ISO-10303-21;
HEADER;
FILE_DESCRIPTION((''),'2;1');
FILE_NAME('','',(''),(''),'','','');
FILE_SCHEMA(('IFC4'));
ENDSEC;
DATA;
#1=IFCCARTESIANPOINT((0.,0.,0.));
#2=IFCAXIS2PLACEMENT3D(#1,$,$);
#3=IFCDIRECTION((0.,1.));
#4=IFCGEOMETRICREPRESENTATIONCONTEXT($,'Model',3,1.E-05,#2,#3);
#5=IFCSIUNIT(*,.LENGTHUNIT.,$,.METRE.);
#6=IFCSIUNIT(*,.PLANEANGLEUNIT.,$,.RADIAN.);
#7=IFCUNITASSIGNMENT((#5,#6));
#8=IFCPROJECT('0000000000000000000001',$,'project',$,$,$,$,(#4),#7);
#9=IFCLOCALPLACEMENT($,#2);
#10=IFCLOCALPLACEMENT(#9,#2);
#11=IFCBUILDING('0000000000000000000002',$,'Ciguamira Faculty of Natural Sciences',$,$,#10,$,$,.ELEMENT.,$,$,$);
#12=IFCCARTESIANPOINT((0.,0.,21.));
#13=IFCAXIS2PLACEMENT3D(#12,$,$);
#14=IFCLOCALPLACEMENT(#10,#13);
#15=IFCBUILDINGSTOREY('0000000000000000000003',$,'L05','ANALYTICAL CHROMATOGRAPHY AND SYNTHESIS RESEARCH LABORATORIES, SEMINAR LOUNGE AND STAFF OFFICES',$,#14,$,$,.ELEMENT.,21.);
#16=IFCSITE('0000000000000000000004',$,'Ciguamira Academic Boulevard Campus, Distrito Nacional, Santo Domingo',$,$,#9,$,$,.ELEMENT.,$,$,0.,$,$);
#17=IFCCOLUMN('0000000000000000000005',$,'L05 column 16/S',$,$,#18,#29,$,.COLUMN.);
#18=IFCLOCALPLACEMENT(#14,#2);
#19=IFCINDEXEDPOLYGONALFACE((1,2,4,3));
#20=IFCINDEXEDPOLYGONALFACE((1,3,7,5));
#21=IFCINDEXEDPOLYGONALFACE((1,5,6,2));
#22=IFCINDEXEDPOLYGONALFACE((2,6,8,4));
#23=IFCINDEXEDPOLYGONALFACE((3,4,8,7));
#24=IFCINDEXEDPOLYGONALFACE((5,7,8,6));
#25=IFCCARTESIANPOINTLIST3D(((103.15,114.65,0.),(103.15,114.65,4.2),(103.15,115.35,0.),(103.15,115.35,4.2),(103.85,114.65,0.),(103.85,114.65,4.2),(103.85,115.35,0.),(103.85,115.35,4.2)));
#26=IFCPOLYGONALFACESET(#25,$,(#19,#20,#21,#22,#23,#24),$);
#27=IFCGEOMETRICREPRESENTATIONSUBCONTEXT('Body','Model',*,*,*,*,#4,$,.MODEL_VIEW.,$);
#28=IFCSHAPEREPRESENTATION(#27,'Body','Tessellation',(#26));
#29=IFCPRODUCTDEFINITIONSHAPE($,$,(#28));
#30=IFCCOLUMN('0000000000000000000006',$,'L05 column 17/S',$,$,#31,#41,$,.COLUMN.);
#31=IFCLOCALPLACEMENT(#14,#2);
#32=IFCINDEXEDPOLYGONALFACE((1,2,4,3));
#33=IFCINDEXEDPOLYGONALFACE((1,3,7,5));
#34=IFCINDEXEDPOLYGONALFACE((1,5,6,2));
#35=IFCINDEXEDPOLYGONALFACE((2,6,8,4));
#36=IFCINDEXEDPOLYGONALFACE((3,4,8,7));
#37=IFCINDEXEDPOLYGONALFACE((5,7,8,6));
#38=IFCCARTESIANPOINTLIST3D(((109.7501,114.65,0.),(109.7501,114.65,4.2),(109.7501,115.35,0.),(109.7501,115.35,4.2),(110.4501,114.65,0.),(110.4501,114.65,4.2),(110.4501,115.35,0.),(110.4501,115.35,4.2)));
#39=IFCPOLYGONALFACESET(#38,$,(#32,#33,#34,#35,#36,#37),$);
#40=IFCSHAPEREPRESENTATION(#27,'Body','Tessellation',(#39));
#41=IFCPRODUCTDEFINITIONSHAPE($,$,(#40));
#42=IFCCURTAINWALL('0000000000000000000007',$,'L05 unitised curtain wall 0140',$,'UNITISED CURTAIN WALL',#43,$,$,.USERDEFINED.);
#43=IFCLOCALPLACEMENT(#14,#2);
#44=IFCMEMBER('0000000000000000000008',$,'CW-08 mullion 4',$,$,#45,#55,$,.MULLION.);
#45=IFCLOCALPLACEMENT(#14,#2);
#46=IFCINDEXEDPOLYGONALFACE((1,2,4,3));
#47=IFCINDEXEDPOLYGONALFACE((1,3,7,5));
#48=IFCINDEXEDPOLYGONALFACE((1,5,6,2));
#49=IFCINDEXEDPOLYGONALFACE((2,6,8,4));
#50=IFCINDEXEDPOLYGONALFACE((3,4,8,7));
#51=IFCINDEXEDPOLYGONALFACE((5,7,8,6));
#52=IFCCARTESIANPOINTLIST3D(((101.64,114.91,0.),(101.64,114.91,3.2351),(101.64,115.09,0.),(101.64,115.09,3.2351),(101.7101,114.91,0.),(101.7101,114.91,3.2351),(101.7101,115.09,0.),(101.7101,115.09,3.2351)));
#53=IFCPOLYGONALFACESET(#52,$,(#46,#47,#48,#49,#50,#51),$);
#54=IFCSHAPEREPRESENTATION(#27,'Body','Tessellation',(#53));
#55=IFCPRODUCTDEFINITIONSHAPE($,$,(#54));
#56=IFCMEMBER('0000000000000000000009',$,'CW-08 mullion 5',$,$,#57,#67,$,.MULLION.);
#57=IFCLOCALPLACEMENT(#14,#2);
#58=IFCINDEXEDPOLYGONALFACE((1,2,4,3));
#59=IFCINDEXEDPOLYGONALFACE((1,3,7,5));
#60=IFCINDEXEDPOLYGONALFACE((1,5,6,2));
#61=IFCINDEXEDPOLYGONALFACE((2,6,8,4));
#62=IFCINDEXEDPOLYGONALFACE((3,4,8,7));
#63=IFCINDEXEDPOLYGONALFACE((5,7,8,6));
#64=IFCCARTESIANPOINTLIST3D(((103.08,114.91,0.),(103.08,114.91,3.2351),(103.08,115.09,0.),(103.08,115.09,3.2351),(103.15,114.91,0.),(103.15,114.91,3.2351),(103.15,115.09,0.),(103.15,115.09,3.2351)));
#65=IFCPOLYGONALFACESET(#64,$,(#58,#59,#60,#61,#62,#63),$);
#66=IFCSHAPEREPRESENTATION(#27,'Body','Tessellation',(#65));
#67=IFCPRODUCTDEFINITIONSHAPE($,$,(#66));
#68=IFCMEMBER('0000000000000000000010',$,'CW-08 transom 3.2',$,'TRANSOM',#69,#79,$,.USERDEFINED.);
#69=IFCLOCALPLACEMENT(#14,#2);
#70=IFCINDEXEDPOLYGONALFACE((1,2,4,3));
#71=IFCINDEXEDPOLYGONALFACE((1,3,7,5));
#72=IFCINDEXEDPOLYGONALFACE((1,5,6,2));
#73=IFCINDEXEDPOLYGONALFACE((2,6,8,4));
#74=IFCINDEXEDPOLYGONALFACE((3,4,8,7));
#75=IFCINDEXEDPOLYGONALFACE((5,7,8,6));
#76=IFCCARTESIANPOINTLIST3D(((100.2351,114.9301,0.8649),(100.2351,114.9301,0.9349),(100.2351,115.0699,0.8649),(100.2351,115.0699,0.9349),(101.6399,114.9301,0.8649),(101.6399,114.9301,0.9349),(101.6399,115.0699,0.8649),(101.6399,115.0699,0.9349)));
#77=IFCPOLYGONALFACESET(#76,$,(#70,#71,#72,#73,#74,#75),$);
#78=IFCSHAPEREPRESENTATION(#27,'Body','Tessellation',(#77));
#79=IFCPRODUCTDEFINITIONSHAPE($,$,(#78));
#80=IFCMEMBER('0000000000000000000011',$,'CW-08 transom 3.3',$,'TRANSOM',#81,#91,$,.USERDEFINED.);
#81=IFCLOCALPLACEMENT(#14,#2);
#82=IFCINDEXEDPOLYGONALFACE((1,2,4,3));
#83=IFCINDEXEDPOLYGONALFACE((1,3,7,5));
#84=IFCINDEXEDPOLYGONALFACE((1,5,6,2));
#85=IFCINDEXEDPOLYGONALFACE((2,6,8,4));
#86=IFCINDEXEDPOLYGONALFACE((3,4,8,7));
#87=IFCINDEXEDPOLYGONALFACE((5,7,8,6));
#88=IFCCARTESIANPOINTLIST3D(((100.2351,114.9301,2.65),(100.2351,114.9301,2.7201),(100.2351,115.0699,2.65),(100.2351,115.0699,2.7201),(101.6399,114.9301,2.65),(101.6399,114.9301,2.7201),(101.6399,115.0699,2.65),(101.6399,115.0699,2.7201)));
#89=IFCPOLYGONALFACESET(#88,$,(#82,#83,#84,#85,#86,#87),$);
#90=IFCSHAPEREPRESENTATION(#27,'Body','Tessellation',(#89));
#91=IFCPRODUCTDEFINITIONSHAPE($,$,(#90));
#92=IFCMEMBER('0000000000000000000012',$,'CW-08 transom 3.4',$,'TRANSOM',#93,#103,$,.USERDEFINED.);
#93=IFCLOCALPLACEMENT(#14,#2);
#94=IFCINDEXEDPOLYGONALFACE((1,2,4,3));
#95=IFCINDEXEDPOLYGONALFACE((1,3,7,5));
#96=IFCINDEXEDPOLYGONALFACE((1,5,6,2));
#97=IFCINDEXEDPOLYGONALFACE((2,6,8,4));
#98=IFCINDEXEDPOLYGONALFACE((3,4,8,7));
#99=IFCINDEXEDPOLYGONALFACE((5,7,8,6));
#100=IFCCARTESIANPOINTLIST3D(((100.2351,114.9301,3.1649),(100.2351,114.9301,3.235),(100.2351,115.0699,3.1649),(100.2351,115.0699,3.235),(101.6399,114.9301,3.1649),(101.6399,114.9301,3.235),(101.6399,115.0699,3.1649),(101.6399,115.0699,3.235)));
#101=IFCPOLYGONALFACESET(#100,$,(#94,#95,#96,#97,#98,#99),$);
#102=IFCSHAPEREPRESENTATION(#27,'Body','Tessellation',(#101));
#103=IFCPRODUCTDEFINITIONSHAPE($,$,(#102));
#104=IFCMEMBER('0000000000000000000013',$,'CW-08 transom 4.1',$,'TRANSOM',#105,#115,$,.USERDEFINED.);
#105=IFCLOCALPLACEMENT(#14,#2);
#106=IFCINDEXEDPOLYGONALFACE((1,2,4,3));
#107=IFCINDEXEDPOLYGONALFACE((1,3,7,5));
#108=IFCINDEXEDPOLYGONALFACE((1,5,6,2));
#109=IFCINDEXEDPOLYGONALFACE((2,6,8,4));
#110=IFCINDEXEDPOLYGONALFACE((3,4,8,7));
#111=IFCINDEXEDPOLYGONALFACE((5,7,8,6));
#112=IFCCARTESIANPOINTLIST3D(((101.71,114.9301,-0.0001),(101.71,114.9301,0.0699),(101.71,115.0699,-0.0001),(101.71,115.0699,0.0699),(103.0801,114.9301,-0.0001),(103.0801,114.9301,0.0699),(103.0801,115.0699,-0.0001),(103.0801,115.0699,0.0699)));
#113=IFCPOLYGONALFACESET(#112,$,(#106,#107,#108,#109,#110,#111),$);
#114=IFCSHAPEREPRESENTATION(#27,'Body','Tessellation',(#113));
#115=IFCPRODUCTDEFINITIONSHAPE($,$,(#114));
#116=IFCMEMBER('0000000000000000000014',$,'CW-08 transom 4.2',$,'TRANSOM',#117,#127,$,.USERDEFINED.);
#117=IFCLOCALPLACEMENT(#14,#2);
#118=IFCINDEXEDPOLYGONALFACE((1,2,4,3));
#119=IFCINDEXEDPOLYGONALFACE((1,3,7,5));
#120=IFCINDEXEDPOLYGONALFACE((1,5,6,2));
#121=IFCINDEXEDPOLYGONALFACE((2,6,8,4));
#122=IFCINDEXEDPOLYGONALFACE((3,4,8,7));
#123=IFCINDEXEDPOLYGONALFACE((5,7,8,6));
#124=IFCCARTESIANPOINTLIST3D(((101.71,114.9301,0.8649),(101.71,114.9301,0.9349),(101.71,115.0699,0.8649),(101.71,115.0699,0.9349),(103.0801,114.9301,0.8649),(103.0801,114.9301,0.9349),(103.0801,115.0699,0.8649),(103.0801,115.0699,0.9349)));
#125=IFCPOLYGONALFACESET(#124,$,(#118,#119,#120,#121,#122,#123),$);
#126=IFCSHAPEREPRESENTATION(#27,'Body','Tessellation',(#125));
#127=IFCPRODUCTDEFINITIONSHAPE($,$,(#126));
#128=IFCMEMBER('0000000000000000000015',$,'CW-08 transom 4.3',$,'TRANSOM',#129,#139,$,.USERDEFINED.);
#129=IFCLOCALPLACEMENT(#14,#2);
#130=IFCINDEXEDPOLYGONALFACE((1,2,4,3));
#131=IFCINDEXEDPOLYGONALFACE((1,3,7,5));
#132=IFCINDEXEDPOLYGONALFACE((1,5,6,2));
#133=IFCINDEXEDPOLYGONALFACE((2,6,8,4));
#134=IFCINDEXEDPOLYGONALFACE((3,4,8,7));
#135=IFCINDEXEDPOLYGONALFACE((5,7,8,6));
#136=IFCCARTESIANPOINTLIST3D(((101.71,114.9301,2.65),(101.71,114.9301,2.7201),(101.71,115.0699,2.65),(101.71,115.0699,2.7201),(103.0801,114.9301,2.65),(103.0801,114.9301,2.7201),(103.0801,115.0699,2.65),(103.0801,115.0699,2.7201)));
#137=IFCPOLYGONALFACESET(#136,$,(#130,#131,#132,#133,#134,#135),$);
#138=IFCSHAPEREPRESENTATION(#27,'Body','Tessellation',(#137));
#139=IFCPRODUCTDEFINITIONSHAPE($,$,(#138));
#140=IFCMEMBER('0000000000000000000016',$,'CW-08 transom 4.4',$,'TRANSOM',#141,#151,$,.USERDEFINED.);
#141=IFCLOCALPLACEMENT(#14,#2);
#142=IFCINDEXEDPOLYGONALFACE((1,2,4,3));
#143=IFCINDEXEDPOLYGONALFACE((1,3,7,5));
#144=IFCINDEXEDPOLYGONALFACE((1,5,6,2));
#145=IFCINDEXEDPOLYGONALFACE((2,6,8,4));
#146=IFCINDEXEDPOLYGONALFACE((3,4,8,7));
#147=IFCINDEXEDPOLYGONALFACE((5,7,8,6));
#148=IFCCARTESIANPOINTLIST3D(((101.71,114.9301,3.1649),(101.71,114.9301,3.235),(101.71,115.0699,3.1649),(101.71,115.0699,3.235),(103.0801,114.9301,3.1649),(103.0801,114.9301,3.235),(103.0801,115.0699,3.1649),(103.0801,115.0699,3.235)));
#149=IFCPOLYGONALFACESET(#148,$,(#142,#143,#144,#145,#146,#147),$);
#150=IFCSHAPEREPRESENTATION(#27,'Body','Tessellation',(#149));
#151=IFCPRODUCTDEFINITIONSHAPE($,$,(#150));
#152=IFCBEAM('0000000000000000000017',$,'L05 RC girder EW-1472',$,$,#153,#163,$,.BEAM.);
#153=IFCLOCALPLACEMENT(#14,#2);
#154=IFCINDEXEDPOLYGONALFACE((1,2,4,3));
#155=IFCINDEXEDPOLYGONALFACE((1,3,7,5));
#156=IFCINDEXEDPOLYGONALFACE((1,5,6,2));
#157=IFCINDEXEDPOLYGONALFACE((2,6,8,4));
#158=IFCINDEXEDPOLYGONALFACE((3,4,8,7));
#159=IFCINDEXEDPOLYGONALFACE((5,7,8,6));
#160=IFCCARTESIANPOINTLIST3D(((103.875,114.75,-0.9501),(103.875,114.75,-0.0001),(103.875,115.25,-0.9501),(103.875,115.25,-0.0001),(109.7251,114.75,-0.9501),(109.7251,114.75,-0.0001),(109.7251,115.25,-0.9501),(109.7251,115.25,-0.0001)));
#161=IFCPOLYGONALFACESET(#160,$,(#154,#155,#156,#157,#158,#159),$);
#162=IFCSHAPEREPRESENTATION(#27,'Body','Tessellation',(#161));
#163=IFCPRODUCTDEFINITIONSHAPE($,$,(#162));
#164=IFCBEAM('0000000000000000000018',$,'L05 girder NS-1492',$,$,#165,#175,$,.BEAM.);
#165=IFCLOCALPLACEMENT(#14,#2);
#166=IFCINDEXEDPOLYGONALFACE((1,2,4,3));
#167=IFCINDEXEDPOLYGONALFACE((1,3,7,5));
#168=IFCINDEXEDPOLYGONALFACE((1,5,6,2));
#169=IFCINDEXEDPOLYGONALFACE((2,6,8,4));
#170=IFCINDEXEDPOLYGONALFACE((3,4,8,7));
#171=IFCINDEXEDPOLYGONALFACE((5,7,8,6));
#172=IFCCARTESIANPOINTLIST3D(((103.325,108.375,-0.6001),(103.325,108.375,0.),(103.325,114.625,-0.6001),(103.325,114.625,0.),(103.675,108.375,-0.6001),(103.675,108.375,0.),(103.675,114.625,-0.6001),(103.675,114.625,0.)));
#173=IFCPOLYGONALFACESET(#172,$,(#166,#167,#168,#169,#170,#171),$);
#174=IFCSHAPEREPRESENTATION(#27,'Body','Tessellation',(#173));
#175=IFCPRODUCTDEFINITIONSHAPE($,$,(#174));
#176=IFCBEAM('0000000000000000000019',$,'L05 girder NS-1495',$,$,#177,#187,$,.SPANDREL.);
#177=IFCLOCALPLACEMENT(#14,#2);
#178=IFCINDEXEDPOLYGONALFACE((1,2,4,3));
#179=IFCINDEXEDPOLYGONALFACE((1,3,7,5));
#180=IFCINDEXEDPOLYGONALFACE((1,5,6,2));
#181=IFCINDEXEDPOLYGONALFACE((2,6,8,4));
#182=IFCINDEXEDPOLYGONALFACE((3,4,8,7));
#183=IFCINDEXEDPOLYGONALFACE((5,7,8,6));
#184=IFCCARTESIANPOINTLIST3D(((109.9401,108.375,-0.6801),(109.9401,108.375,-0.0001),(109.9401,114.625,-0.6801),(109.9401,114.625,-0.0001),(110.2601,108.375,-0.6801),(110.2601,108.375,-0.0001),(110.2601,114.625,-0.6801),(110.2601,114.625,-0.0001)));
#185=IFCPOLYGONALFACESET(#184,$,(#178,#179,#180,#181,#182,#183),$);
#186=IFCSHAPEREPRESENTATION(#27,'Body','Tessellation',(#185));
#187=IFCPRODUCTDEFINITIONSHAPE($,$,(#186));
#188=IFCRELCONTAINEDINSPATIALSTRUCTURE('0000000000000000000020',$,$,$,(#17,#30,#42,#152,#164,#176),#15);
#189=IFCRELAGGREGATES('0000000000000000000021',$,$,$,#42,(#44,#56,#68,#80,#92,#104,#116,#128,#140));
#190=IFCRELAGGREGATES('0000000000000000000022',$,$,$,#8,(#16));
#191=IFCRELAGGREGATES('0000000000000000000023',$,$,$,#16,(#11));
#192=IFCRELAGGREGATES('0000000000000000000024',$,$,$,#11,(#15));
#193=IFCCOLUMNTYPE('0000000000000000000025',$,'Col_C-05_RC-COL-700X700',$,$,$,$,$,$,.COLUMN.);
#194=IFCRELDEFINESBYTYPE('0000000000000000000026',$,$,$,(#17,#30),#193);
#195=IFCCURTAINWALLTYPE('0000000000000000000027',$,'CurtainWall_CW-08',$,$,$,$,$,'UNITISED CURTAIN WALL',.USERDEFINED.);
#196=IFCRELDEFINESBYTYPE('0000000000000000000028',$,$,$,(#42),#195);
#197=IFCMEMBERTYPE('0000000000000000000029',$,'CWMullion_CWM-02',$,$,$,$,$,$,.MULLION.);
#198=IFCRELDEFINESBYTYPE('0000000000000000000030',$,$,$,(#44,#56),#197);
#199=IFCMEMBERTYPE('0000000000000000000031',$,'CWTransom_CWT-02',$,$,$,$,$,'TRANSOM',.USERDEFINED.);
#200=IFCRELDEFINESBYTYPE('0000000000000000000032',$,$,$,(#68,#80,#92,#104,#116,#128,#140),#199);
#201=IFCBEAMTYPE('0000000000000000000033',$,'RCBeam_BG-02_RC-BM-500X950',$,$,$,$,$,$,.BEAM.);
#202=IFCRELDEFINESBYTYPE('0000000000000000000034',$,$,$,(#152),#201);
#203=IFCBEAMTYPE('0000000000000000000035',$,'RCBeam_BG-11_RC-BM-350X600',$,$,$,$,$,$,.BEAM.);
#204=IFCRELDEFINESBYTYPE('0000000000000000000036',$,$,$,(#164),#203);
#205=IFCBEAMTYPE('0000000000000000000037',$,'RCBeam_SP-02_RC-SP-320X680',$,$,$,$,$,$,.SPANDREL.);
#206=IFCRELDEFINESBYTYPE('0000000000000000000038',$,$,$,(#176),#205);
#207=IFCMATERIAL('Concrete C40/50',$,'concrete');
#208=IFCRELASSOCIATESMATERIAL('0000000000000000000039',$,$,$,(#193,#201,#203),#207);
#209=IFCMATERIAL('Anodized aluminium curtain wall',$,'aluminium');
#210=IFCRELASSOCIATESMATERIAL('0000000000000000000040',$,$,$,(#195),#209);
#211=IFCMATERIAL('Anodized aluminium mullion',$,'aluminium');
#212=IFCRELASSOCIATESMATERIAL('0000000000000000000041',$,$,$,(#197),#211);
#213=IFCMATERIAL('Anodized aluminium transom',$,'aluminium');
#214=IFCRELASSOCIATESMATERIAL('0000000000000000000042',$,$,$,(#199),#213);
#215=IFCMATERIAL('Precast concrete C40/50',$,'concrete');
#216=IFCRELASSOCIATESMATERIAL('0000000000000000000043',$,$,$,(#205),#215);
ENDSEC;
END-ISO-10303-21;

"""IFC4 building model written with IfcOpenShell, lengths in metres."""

from ifc_helpers import new_model, si_unit, direction, frame, origin, origin_2d, place, context, subcontext, project, spatial, rectangle, extrude, material, material_profile, profile_set, type_object, element, aggregate, save


model = new_model("IFC4")

# Units and contexts
model_context = context("Model", 3, precision=1e-05, world=origin(), true_north=direction((0.0, 1.0)))
body_context = subcontext(model_context, "Body", "Model", "MODEL_VIEW")
ifc_project = project(units=[si_unit("LENGTHUNIT", "METRE"), si_unit("PLANEANGLEUNIT", "RADIAN")], contexts=[model_context])

# Site, building, storey
site_placement = place(None, origin())
site = spatial("IfcSite", under=ifc_project, at=site_placement, Name="Ciguamira Academic Boulevard Campus, Distrito Nacional, Santo Domingo", CompositionType="ELEMENT", RefElevation=0.0)
building_placement = place(site_placement, origin())
building = spatial("IfcBuilding", under=site, at=building_placement, Name="Ciguamira Faculty of Natural Sciences", CompositionType="ELEMENT")
storey_placement = place(building_placement, frame((0.0, 0.0, 21.0)))
storey = spatial("IfcBuildingStorey", under=building, at=storey_placement, Name="L05", Description="ANALYTICAL CHROMATOGRAPHY AND SYNTHESIS RESEARCH LABORATORIES, SEMINAR LOUNGE AND STAFF OFFICES", CompositionType="ELEMENT", Elevation=21.0)

# Columns
ifc_material_1 = material(Name="Concrete C40/50", Category="concrete")
ifc_material_profile_1 = material_profile(ifc_material_1, rectangle(XDim=0.7, YDim=0.7, at=origin_2d()), Name="RC-COL-700X700")
ifc_profile_set_1 = profile_set([ifc_material_profile_1], Name="Concrete C40/50")
column_type = type_object("IfcColumnType", Name="Col_C-05_RC-COL-700X700", PredefinedType="COLUMN", material=ifc_profile_set_1)
for number, where, z_axis, x_axis, name in (
    (1, (103.5, 115.0, 0.0), (0.0, 0.0, 1.0), (1.0, 0.0, 0.0), "L05 column 16/S"),
    (2, (110.1001, 115.0, 0.0), (0.0, 0.0, 1.0), (1.0, 0.0, 0.0), "L05 column 17/S"),
):
    element("IfcColumn", number, at=place(storey_placement, frame(where, z_axis=z_axis, x_axis=x_axis)), inside=storey, type_object=column_type, Name=name, PredefinedType="COLUMN", context=body_context, shape_type="SweptSolid", body=[
        extrude(rectangle(XDim=0.7, YDim=0.7, at=origin_2d()), origin(), (0.0, 0.0, 1.0), 4.2),
    ])

# Curtain wall, members
ifc_material_2 = material(Name="Anodized aluminium curtain wall", Category="aluminium")
curtain_wall_type = type_object("IfcCurtainWallType", Name="CurtainWall_CW-08", ElementType="UNITISED CURTAIN WALL", PredefinedType="USERDEFINED", material=ifc_material_2)
curtain_wall_placement = place(storey_placement, origin())
curtain_wall = element("IfcCurtainWall", 3, at=curtain_wall_placement, inside=storey, type_object=curtain_wall_type, Name="L05 unitised curtain wall 0140", ObjectType="UNITISED CURTAIN WALL", PredefinedType="USERDEFINED")
ifc_material_3 = material(Name="Anodized aluminium mullion", Category="aluminium")
ifc_material_profile_2 = material_profile(ifc_material_3, rectangle(XDim=0.0701, YDim=0.1799, at=origin_2d()), Name="ALU-MUL-70X180")
ifc_profile_set_2 = profile_set([ifc_material_profile_2], Name="Anodized aluminium mullion")
member_type_1 = type_object("IfcMemberType", Name="CWMullion_CWM-02", PredefinedType="MULLION", material=ifc_profile_set_2)
member_1_placement = place(storey_placement, frame((101.675, 115.0, 0.0), z_axis=(0.0, 0.0, 1.0), x_axis=(1.0, 0.0, 0.0)))
member_1 = element("IfcMember", 4, at=member_1_placement, type_object=member_type_1, Name="CW-08 mullion 4", PredefinedType="MULLION", context=body_context, shape_type="SweptSolid", body=[
    extrude(rectangle(XDim=0.0701, YDim=0.1799, at=origin_2d()), origin(), (0.0, 0.0, 1.0), 3.2351),
])
member_2_placement = place(storey_placement, frame((103.115, 115.0, 0.0), z_axis=(0.0, 0.0, 1.0), x_axis=(1.0, 0.0, 0.0)))
member_2 = element("IfcMember", 5, at=member_2_placement, type_object=member_type_1, Name="CW-08 mullion 5", PredefinedType="MULLION", context=body_context, shape_type="SweptSolid", body=[
    extrude(rectangle(XDim=0.0701, YDim=0.1799, at=origin_2d()), origin(), (0.0, 0.0, 1.0), 3.2351),
])
ifc_material_4 = material(Name="Anodized aluminium transom", Category="aluminium")
ifc_material_profile_3 = material_profile(ifc_material_4, rectangle(XDim=0.0701, YDim=0.1399, at=origin_2d()), Name="ALU-TRN-70X140")
ifc_profile_set_3 = profile_set([ifc_material_profile_3], Name="Anodized aluminium transom")
member_type_2 = type_object("IfcMemberType", Name="CWTransom_CWT-02", ElementType="TRANSOM", PredefinedType="USERDEFINED", material=ifc_profile_set_3)
member_3_placement = place(storey_placement, frame((100.2351, 115.0, 0.8999), z_axis=(1.0, 0.0, 0.0), x_axis=(0.0, 0.0, 1.0)))
member_3 = element("IfcMember", 6, at=member_3_placement, type_object=member_type_2, Name="CW-08 transom 3.2", ObjectType="TRANSOM", PredefinedType="USERDEFINED", context=body_context, shape_type="SweptSolid", body=[
    extrude(rectangle(XDim=0.0701, YDim=0.1399, at=origin_2d()), origin(), (0.0, 0.0, 1.0), 1.4048),
])
member_4_placement = place(storey_placement, frame((100.2351, 115.0, 2.6851), z_axis=(1.0, 0.0, 0.0), x_axis=(0.0, 0.0, 1.0)))
member_4 = element("IfcMember", 7, at=member_4_placement, type_object=member_type_2, Name="CW-08 transom 3.3", ObjectType="TRANSOM", PredefinedType="USERDEFINED", context=body_context, shape_type="SweptSolid", body=[
    extrude(rectangle(XDim=0.0701, YDim=0.1399, at=origin_2d()), origin(), (0.0, 0.0, 1.0), 1.4048),
])
member_5_placement = place(storey_placement, frame((100.2351, 115.0, 3.2), z_axis=(1.0, 0.0, 0.0), x_axis=(0.0, 0.0, 1.0)))
member_5 = element("IfcMember", 8, at=member_5_placement, type_object=member_type_2, Name="CW-08 transom 3.4", ObjectType="TRANSOM", PredefinedType="USERDEFINED", context=body_context, shape_type="SweptSolid", body=[
    extrude(rectangle(XDim=0.0701, YDim=0.1399, at=origin_2d()), origin(), (0.0, 0.0, 1.0), 1.4048),
])
member_6_placement = place(storey_placement, frame((101.71, 115.0, 0.0349), z_axis=(1.0, 0.0, 0.0), x_axis=(0.0, 0.0, 1.0)))
member_6 = element("IfcMember", 9, at=member_6_placement, type_object=member_type_2, Name="CW-08 transom 4.1", ObjectType="TRANSOM", PredefinedType="USERDEFINED", context=body_context, shape_type="SweptSolid", body=[
    extrude(rectangle(XDim=0.0701, YDim=0.1399, at=origin_2d()), origin(), (0.0, 0.0, 1.0), 1.3701),
])
member_7_placement = place(storey_placement, frame((101.71, 115.0, 0.8999), z_axis=(1.0, 0.0, 0.0), x_axis=(0.0, 0.0, 1.0)))
member_7 = element("IfcMember", 10, at=member_7_placement, type_object=member_type_2, Name="CW-08 transom 4.2", ObjectType="TRANSOM", PredefinedType="USERDEFINED", context=body_context, shape_type="SweptSolid", body=[
    extrude(rectangle(XDim=0.0701, YDim=0.1399, at=origin_2d()), origin(), (0.0, 0.0, 1.0), 1.3701),
])
member_8_placement = place(storey_placement, frame((101.71, 115.0, 2.6851), z_axis=(1.0, 0.0, 0.0), x_axis=(0.0, 0.0, 1.0)))
member_8 = element("IfcMember", 11, at=member_8_placement, type_object=member_type_2, Name="CW-08 transom 4.3", ObjectType="TRANSOM", PredefinedType="USERDEFINED", context=body_context, shape_type="SweptSolid", body=[
    extrude(rectangle(XDim=0.0701, YDim=0.1399, at=origin_2d()), origin(), (0.0, 0.0, 1.0), 1.3701),
])
member_9_placement = place(storey_placement, frame((101.71, 115.0, 3.2), z_axis=(1.0, 0.0, 0.0), x_axis=(0.0, 0.0, 1.0)))
member_9 = element("IfcMember", 12, at=member_9_placement, type_object=member_type_2, Name="CW-08 transom 4.4", ObjectType="TRANSOM", PredefinedType="USERDEFINED", context=body_context, shape_type="SweptSolid", body=[
    extrude(rectangle(XDim=0.0701, YDim=0.1399, at=origin_2d()), origin(), (0.0, 0.0, 1.0), 1.3701),
])

# Beams
ifc_material_profile_4 = material_profile(ifc_material_1, rectangle(XDim=0.5, YDim=0.95, at=origin_2d()), Name="RC-BM-500X950")
ifc_profile_set_4 = profile_set([ifc_material_profile_4], Name="Concrete C40/50")
beam_type_1 = type_object("IfcBeamType", Name="RCBeam_BG-02_RC-BM-500X950", PredefinedType="BEAM", material=ifc_profile_set_4)
beam_1_placement = place(storey_placement, frame((103.875, 115.0, -0.4751), z_axis=(1.0, 0.0, 0.0), x_axis=(0.0, 1.0, 0.0)))
element("IfcBeam", 13, at=beam_1_placement, inside=storey, type_object=beam_type_1, Name="L05 RC girder EW-1472", PredefinedType="BEAM", context=body_context, shape_type="SweptSolid", body=[
    extrude(rectangle(XDim=0.5, YDim=0.95, at=origin_2d()), origin(), (0.0, 0.0, 1.0), 5.8501),
])
ifc_material_profile_5 = material_profile(ifc_material_1, rectangle(XDim=0.3501, YDim=0.6001, at=origin_2d()), Name="RC-BM-350X600")
ifc_profile_set_5 = profile_set([ifc_material_profile_5], Name="Concrete C40/50")
beam_type_2 = type_object("IfcBeamType", Name="RCBeam_BG-11_RC-BM-350X600", PredefinedType="BEAM", material=ifc_profile_set_5)
beam_2_placement = place(storey_placement, frame((103.5, 108.375, -0.3), z_axis=(0.0, 1.0, 0.0), x_axis=(-1.0, 0.0, 0.0)))
element("IfcBeam", 14, at=beam_2_placement, inside=storey, type_object=beam_type_2, Name="L05 girder NS-1492", PredefinedType="BEAM", context=body_context, shape_type="SweptSolid", body=[
    extrude(rectangle(XDim=0.3501, YDim=0.6001, at=origin_2d()), origin(), (0.0, 0.0, 1.0), 6.25),
])
ifc_material_5 = material(Name="Precast concrete C40/50", Category="concrete")
ifc_material_profile_6 = material_profile(ifc_material_5, rectangle(XDim=0.3201, YDim=0.6799, at=origin_2d()), Name="RC-SP-320X680")
ifc_profile_set_6 = profile_set([ifc_material_profile_6], Name="Precast concrete C40/50")
beam_type_3 = type_object("IfcBeamType", Name="RCBeam_SP-02_RC-SP-320X680", PredefinedType="SPANDREL", material=ifc_profile_set_6)
beam_3_placement = place(storey_placement, frame((110.1001, 108.375, -0.3401), z_axis=(0.0, 1.0, 0.0), x_axis=(-1.0, 0.0, 0.0)))
element("IfcBeam", 15, at=beam_3_placement, inside=storey, type_object=beam_type_3, Name="L05 girder NS-1495", PredefinedType="SPANDREL", context=body_context, shape_type="SweptSolid", body=[
    extrude(rectangle(XDim=0.3201, YDim=0.6799, at=origin_2d()), origin(), (0.0, 0.0, 1.0), 6.25),
])

aggregate(curtain_wall, [member_1, member_2, member_3, member_4, member_5, member_6, member_7, member_8, member_9])

save(model, "model.ifc")
